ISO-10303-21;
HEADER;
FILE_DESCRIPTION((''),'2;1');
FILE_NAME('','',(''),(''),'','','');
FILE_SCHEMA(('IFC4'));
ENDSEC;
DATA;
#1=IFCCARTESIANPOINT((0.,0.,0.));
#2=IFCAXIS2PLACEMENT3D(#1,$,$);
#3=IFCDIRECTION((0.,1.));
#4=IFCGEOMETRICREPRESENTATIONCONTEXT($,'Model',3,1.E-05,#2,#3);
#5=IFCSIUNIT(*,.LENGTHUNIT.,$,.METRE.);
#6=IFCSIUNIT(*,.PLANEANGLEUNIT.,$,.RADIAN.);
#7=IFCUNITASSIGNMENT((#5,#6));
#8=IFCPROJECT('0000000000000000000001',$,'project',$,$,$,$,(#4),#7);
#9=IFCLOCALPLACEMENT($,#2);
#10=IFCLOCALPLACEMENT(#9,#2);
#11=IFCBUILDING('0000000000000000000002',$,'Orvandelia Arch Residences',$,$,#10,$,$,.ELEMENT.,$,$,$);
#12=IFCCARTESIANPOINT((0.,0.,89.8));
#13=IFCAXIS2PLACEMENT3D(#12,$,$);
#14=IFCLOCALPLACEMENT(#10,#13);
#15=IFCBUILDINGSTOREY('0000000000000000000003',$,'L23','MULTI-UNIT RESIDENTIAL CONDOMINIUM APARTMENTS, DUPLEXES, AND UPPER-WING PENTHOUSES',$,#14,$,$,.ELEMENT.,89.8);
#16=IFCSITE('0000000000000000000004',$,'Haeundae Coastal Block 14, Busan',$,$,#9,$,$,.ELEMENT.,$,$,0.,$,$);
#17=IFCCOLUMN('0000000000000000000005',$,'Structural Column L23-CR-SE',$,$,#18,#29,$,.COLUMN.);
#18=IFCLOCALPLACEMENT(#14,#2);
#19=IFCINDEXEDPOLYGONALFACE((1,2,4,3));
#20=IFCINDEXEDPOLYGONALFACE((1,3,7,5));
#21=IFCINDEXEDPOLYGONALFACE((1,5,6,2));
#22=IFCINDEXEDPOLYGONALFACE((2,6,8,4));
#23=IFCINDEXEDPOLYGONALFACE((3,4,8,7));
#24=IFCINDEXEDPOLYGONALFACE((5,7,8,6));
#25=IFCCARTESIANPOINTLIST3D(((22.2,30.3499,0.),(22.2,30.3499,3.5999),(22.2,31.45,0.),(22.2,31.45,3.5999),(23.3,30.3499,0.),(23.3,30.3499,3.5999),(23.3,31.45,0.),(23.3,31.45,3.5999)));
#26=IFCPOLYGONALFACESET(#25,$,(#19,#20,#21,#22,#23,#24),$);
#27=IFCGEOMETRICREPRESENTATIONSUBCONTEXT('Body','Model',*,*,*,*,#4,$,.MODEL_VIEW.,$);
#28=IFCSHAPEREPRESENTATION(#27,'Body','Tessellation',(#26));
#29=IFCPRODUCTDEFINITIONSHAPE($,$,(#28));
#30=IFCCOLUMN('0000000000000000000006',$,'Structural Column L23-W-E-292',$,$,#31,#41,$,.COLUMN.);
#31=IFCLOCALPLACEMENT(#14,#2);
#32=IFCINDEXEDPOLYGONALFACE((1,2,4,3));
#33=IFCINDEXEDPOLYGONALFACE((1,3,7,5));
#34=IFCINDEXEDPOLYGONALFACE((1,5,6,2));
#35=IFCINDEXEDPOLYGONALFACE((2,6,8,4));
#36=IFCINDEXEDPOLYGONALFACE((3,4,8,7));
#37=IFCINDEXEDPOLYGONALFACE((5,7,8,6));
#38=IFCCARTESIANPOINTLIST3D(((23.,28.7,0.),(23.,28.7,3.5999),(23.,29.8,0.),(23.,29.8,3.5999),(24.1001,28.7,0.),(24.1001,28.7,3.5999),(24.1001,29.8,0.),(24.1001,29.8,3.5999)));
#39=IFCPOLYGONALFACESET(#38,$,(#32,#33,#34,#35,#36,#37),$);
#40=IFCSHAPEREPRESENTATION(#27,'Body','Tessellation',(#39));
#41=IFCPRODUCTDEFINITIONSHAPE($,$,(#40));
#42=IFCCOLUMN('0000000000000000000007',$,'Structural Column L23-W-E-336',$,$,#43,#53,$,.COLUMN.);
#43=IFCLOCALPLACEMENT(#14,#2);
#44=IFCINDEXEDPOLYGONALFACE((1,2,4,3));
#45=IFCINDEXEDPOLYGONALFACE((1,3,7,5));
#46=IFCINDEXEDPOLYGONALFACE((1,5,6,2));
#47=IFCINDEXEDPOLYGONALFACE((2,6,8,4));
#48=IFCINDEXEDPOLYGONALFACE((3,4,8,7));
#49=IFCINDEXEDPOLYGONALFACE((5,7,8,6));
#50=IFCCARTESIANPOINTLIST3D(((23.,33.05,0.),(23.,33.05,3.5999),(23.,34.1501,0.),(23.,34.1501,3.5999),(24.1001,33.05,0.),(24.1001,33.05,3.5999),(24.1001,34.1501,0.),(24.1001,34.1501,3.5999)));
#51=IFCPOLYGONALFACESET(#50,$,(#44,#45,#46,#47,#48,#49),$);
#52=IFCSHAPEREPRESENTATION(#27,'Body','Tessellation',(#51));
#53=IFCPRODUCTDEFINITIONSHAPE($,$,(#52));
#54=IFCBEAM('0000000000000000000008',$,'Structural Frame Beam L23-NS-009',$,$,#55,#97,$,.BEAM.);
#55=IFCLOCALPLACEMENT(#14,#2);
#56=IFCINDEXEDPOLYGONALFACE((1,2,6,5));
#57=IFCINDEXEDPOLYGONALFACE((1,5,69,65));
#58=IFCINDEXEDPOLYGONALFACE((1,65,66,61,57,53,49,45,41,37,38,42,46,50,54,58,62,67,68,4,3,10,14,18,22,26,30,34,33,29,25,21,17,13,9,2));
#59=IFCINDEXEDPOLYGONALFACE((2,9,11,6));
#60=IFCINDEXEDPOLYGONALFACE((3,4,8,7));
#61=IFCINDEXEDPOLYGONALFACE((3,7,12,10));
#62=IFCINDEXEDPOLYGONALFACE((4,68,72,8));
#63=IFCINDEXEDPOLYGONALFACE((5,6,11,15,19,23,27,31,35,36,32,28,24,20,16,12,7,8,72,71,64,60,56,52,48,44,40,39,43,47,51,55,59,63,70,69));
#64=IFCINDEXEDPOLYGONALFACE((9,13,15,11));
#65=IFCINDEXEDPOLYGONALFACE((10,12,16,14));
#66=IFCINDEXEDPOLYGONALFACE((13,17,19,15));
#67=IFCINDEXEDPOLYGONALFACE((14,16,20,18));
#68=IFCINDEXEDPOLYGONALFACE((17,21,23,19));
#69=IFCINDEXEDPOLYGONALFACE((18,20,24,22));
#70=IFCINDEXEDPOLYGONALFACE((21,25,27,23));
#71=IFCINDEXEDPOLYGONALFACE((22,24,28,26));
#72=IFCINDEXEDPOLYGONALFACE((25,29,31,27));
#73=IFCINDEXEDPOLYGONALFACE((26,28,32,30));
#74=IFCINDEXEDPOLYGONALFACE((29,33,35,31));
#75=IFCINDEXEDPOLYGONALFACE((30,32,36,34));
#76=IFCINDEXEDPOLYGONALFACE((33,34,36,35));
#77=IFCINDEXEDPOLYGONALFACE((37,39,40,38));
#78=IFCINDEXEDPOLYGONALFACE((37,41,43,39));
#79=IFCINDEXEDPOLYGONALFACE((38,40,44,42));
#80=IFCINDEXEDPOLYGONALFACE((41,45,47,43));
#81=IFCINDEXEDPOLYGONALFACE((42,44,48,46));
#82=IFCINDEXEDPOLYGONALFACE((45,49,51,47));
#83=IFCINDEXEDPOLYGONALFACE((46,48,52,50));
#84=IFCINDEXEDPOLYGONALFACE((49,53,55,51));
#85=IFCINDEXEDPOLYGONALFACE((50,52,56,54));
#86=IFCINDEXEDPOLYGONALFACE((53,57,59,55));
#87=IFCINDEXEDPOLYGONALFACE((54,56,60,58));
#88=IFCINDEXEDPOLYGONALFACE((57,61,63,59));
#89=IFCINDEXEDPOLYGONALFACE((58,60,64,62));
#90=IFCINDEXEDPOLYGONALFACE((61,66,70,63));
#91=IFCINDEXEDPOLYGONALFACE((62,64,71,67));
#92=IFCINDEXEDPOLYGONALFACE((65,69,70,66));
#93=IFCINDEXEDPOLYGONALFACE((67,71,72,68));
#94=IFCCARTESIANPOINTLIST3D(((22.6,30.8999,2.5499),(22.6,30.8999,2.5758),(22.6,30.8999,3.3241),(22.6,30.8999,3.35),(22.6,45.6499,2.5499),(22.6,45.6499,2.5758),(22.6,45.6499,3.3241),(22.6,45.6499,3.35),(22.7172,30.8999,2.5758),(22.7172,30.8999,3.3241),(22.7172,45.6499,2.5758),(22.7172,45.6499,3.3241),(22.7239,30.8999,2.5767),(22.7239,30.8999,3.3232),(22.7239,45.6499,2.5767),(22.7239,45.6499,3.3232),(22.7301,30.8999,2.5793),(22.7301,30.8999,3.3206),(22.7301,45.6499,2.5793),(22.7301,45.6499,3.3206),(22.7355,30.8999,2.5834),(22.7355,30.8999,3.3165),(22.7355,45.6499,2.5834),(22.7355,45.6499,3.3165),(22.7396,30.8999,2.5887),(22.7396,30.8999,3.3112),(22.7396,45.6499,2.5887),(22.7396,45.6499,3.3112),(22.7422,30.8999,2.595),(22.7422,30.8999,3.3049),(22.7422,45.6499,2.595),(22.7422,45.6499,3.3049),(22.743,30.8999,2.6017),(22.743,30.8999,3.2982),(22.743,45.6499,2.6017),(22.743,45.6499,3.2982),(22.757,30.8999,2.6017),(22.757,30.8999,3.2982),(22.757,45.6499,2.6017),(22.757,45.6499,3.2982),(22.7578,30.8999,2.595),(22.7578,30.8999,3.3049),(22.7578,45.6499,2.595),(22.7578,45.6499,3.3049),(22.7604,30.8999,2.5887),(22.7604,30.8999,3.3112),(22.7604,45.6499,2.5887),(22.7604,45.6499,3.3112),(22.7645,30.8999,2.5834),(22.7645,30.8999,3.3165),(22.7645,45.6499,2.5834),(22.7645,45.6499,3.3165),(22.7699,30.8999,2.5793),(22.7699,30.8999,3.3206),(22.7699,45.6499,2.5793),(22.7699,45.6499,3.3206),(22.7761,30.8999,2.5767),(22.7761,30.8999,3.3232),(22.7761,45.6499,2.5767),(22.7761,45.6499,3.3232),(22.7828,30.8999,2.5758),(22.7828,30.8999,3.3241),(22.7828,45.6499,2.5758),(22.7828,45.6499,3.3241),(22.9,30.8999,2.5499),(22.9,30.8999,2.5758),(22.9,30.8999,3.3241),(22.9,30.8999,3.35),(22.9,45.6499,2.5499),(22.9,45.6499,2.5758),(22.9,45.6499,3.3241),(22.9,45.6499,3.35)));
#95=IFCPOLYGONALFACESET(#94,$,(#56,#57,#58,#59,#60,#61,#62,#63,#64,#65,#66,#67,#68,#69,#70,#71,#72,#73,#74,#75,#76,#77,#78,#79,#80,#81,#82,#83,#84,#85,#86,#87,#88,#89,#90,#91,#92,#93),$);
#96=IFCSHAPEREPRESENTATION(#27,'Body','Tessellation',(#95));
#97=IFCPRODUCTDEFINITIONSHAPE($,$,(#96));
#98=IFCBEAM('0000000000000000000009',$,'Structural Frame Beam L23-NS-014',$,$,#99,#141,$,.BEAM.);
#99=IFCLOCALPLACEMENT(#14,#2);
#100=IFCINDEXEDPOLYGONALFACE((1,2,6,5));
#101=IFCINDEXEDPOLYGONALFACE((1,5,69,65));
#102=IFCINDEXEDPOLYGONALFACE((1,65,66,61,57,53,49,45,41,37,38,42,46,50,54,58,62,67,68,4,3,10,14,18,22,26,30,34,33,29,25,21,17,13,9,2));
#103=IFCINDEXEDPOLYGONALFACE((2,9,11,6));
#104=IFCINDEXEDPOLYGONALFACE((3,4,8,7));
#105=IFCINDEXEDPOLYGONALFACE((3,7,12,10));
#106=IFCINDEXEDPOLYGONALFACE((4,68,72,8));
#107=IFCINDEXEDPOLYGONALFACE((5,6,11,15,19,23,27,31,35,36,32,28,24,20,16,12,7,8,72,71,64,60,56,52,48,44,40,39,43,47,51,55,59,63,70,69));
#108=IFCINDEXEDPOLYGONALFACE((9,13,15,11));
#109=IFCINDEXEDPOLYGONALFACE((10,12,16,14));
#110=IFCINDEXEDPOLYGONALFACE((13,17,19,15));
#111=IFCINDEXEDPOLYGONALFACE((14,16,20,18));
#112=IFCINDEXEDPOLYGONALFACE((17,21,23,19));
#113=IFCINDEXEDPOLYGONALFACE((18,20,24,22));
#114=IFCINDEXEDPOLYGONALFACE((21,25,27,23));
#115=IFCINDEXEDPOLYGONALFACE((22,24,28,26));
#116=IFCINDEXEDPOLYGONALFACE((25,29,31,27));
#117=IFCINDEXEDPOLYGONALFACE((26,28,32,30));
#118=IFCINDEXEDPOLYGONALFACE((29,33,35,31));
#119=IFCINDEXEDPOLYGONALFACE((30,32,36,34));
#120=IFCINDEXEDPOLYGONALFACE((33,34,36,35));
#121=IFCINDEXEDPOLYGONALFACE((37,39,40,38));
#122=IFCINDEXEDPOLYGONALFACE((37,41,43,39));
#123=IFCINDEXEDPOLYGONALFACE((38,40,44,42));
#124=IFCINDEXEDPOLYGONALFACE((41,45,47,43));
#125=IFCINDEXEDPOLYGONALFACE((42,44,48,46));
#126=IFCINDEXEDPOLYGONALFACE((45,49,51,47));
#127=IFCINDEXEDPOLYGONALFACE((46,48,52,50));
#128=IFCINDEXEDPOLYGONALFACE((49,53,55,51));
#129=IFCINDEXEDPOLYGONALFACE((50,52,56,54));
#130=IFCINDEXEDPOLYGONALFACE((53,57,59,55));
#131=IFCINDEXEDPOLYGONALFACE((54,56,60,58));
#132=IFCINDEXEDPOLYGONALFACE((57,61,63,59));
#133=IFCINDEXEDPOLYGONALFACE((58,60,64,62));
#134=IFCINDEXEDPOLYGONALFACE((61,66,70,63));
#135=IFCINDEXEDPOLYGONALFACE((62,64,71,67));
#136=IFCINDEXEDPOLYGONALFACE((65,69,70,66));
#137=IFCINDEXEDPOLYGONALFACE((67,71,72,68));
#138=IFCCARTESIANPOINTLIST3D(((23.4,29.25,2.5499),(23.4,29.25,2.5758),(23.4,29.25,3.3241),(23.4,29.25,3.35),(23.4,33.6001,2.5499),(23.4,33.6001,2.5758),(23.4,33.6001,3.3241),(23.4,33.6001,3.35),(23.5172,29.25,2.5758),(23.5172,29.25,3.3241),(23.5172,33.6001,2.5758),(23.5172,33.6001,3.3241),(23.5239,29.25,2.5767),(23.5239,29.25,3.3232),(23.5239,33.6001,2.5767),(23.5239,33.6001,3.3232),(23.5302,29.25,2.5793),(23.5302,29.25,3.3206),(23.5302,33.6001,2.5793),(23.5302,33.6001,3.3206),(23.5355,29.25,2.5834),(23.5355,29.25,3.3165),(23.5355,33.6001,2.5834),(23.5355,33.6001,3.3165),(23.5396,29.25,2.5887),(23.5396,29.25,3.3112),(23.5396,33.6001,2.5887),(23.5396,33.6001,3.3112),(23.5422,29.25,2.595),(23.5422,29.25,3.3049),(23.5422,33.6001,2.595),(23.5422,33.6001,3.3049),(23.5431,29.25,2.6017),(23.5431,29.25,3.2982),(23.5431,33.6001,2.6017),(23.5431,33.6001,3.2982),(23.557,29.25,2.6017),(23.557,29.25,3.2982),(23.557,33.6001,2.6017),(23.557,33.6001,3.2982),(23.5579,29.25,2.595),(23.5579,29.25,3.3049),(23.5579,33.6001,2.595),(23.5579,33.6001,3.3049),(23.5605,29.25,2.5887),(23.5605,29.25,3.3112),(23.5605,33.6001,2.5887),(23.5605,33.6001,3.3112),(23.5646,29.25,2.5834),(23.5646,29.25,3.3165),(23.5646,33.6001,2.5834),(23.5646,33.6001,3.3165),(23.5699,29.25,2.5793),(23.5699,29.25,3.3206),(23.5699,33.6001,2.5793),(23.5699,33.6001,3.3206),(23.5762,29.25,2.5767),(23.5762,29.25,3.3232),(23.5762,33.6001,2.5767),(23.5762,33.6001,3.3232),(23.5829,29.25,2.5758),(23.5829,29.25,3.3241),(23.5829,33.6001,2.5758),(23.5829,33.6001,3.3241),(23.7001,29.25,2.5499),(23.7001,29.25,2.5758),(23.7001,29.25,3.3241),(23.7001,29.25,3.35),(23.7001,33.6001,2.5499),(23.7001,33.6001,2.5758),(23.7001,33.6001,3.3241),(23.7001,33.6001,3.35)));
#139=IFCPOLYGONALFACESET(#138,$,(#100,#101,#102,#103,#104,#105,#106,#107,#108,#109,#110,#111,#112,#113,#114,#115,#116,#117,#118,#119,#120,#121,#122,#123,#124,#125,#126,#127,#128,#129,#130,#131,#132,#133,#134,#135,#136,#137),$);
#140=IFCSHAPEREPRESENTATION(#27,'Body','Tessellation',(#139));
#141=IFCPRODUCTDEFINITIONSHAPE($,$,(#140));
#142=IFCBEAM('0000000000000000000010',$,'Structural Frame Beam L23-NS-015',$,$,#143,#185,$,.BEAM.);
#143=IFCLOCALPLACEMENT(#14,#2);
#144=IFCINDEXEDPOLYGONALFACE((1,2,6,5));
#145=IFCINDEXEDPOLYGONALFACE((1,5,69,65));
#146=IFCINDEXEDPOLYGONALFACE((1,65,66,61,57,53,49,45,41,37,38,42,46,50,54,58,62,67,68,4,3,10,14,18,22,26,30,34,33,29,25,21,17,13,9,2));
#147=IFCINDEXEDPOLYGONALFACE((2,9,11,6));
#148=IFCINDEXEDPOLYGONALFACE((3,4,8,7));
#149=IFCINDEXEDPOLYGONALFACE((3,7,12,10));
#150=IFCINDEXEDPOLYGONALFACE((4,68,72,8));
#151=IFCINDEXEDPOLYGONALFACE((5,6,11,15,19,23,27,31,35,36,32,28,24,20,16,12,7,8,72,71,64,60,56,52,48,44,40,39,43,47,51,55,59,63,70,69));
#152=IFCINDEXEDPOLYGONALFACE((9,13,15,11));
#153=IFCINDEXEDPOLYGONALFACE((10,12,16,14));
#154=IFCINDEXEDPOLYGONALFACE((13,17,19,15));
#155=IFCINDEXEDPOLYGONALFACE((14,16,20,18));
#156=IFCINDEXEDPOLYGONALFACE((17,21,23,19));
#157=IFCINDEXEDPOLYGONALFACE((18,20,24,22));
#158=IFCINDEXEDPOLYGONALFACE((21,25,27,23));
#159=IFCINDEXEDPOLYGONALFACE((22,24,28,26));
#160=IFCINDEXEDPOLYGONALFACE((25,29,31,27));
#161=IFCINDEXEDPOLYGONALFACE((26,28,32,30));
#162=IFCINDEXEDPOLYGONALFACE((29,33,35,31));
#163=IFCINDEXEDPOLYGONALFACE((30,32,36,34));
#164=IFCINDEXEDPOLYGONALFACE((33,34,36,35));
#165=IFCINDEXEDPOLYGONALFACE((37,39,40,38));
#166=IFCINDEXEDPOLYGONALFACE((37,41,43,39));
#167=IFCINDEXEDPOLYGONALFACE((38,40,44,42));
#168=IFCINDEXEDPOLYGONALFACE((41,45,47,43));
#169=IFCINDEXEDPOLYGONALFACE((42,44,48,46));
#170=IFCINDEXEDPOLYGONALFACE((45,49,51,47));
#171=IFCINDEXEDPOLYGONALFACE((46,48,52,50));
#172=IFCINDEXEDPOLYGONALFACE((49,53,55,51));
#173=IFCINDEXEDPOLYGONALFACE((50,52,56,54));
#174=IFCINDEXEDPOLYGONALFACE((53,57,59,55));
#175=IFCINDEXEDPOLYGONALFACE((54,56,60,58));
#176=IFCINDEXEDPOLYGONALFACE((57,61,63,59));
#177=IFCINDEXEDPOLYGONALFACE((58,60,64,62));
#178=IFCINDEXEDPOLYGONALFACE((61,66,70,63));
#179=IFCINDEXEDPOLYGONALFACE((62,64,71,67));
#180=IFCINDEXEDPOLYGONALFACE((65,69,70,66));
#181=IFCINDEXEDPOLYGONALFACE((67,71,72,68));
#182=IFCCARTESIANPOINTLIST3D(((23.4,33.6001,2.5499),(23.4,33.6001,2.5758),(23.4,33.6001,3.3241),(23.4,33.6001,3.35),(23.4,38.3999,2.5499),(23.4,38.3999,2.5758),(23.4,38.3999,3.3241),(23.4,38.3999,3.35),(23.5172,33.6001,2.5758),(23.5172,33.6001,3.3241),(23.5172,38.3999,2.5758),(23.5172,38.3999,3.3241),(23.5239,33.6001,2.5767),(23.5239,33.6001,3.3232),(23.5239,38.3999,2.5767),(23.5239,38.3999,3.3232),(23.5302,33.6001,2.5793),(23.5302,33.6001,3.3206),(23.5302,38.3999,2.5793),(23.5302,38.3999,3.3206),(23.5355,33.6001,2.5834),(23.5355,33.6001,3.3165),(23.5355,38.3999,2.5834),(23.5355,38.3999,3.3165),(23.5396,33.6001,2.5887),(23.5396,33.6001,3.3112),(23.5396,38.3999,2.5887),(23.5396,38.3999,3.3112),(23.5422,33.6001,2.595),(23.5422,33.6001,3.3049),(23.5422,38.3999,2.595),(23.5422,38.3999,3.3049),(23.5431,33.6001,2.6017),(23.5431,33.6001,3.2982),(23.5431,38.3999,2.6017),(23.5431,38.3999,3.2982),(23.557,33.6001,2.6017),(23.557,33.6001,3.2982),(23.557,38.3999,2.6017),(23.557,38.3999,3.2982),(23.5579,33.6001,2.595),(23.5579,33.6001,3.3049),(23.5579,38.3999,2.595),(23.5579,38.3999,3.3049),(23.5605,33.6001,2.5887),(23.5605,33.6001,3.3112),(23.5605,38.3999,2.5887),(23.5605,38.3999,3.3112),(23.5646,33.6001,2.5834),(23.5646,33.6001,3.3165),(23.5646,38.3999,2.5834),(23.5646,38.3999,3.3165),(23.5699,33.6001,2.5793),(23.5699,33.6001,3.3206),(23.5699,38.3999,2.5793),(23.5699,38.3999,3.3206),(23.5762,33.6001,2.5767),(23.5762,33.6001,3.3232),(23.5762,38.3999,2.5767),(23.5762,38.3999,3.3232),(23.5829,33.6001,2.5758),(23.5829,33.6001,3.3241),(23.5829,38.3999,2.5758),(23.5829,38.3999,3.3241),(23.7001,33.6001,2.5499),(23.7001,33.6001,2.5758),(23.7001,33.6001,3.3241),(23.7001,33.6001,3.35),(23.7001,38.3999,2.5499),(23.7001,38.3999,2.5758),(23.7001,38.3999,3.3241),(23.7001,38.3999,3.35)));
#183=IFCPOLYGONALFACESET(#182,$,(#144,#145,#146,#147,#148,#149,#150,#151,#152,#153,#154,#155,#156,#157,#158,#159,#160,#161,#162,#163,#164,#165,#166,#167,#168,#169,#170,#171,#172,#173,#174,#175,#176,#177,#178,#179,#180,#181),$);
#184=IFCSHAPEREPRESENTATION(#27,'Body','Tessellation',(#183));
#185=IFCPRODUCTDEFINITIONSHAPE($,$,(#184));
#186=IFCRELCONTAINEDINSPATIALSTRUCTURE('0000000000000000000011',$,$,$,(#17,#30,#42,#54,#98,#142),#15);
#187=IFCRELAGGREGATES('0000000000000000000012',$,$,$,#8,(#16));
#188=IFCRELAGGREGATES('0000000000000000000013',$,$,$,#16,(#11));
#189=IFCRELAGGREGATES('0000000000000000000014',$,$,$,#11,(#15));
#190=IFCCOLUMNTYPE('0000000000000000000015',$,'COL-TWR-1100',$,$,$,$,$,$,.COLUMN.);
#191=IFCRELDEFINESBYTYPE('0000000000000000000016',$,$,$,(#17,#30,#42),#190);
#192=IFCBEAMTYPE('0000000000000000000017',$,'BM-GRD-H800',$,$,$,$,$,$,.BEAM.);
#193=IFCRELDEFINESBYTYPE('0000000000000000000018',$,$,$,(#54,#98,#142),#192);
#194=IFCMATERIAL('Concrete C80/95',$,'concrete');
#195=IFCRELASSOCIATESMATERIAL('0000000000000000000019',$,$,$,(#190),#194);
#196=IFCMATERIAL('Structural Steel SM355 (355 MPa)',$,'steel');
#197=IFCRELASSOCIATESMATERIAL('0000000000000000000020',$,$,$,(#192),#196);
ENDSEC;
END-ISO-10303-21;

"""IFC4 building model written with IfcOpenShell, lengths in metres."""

from ifc_helpers import new_model, si_unit, direction, frame, origin, origin_2d, place, context, subcontext, project, spatial, rectangle, i_section, extrude, material, material_profile, profile_set, type_object, element, save


model = new_model("IFC4")

# Units and contexts
model_context = context("Model", 3, precision=1e-05, world=origin(), true_north=direction((0.0, 1.0)))
body_context = subcontext(model_context, "Body", "Model", "MODEL_VIEW")
ifc_project = project(units=[si_unit("LENGTHUNIT", "METRE"), si_unit("PLANEANGLEUNIT", "RADIAN")], contexts=[model_context])

# Site, building, storey
site_placement = place(None, origin())
site = spatial("IfcSite", under=ifc_project, at=site_placement, Name="Haeundae Coastal Block 14, Busan", CompositionType="ELEMENT", RefElevation=0.0)
building_placement = place(site_placement, origin())
building = spatial("IfcBuilding", under=site, at=building_placement, Name="Orvandelia Arch Residences", CompositionType="ELEMENT")
storey_placement = place(building_placement, frame((0.0, 0.0, 89.8)))
storey = spatial("IfcBuildingStorey", under=building, at=storey_placement, Name="L23", Description="MULTI-UNIT RESIDENTIAL CONDOMINIUM APARTMENTS, DUPLEXES, AND UPPER-WING PENTHOUSES", CompositionType="ELEMENT", Elevation=89.8)

# Columns
ifc_material_1 = material(Name="Concrete C80/95", Category="concrete")
ifc_material_profile_1 = material_profile(ifc_material_1, rectangle(XDim=1.1001, YDim=1.1001, at=origin_2d()), Name="Concrete C80/95", Category="concrete")
ifc_profile_set_1 = profile_set([ifc_material_profile_1], Name="Concrete C80/95")
column_type = type_object("IfcColumnType", Name="COL-TWR-1100", PredefinedType="COLUMN", material=ifc_profile_set_1)
for number, where, z_axis, x_axis, name in (
    (1, (22.75, 30.8999, 0.0), (0.0, 0.0, 1.0), (1.0, 0.0, 0.0), "Structural Column L23-CR-SE"),
    (2, (23.55, 29.25, 0.0), (0.0, 0.0, 1.0), (1.0, 0.0, 0.0), "Structural Column L23-W-E-292"),
    (3, (23.55, 33.6001, 0.0), (0.0, 0.0, 1.0), (1.0, 0.0, 0.0), "Structural Column L23-W-E-336"),
):
    element("IfcColumn", number, at=place(storey_placement, frame(where, z_axis=z_axis, x_axis=x_axis)), inside=storey, type_object=column_type, Name=name, PredefinedType="COLUMN", context=body_context, shape_type="SweptSolid", body=[
        extrude(rectangle(XDim=1.1001, YDim=1.1001, at=origin_2d()), origin(), (0.0, 0.0, 1.0), 3.5999),
    ])

# Beams
ifc_material_2 = material(Name="Structural Steel SM355 (355 MPa)", Category="steel")
ifc_material_profile_2 = material_profile(ifc_material_2, i_section(OverallWidth=0.3, OverallDepth=0.8, WebThickness=0.0139, FlangeThickness=0.0259, FilletRadius=0.0259, at=origin_2d()), Name="Structural Steel SM355 (355 MPa)", Category="steel")
ifc_profile_set_2 = profile_set([ifc_material_profile_2], Name="Structural Steel SM355 (355 MPa)")
beam_type = type_object("IfcBeamType", Name="BM-GRD-H800", PredefinedType="BEAM", material=ifc_profile_set_2)
beam_1_placement = place(storey_placement, frame((22.75, 30.8999, 2.95), z_axis=(0.0, 1.0, 0.0), x_axis=(-1.0, 0.0, 0.0)))
element("IfcBeam", 4, at=beam_1_placement, inside=storey, type_object=beam_type, Name="Structural Frame Beam L23-NS-009", PredefinedType="BEAM", context=body_context, shape_type="SweptSolid", body=[
    extrude(i_section(OverallWidth=0.3, OverallDepth=0.8, WebThickness=0.0139, FlangeThickness=0.0259, FilletRadius=0.0259, at=origin_2d()), origin(), (0.0, 0.0, 1.0), 14.75),
])
beam_2_placement = place(storey_placement, frame((23.55, 29.25, 2.95), z_axis=(0.0, 1.0, 0.0), x_axis=(-1.0, 0.0, 0.0)))
element("IfcBeam", 5, at=beam_2_placement, inside=storey, type_object=beam_type, Name="Structural Frame Beam L23-NS-014", PredefinedType="BEAM", context=body_context, shape_type="SweptSolid", body=[
    extrude(i_section(OverallWidth=0.3, OverallDepth=0.8, WebThickness=0.0139, FlangeThickness=0.0259, FilletRadius=0.0259, at=origin_2d()), origin(), (0.0, 0.0, 1.0), 4.3501),
])
beam_3_placement = place(storey_placement, frame((23.55, 33.6001, 2.95), z_axis=(0.0, 1.0, 0.0), x_axis=(-1.0, 0.0, 0.0)))
element("IfcBeam", 6, at=beam_3_placement, inside=storey, type_object=beam_type, Name="Structural Frame Beam L23-NS-015", PredefinedType="BEAM", context=body_context, shape_type="SweptSolid", body=[
    extrude(i_section(OverallWidth=0.3, OverallDepth=0.8, WebThickness=0.0139, FlangeThickness=0.0259, FilletRadius=0.0259, at=origin_2d()), origin(), (0.0, 0.0, 1.0), 4.7998),
])

save(model, "model.ifc")
